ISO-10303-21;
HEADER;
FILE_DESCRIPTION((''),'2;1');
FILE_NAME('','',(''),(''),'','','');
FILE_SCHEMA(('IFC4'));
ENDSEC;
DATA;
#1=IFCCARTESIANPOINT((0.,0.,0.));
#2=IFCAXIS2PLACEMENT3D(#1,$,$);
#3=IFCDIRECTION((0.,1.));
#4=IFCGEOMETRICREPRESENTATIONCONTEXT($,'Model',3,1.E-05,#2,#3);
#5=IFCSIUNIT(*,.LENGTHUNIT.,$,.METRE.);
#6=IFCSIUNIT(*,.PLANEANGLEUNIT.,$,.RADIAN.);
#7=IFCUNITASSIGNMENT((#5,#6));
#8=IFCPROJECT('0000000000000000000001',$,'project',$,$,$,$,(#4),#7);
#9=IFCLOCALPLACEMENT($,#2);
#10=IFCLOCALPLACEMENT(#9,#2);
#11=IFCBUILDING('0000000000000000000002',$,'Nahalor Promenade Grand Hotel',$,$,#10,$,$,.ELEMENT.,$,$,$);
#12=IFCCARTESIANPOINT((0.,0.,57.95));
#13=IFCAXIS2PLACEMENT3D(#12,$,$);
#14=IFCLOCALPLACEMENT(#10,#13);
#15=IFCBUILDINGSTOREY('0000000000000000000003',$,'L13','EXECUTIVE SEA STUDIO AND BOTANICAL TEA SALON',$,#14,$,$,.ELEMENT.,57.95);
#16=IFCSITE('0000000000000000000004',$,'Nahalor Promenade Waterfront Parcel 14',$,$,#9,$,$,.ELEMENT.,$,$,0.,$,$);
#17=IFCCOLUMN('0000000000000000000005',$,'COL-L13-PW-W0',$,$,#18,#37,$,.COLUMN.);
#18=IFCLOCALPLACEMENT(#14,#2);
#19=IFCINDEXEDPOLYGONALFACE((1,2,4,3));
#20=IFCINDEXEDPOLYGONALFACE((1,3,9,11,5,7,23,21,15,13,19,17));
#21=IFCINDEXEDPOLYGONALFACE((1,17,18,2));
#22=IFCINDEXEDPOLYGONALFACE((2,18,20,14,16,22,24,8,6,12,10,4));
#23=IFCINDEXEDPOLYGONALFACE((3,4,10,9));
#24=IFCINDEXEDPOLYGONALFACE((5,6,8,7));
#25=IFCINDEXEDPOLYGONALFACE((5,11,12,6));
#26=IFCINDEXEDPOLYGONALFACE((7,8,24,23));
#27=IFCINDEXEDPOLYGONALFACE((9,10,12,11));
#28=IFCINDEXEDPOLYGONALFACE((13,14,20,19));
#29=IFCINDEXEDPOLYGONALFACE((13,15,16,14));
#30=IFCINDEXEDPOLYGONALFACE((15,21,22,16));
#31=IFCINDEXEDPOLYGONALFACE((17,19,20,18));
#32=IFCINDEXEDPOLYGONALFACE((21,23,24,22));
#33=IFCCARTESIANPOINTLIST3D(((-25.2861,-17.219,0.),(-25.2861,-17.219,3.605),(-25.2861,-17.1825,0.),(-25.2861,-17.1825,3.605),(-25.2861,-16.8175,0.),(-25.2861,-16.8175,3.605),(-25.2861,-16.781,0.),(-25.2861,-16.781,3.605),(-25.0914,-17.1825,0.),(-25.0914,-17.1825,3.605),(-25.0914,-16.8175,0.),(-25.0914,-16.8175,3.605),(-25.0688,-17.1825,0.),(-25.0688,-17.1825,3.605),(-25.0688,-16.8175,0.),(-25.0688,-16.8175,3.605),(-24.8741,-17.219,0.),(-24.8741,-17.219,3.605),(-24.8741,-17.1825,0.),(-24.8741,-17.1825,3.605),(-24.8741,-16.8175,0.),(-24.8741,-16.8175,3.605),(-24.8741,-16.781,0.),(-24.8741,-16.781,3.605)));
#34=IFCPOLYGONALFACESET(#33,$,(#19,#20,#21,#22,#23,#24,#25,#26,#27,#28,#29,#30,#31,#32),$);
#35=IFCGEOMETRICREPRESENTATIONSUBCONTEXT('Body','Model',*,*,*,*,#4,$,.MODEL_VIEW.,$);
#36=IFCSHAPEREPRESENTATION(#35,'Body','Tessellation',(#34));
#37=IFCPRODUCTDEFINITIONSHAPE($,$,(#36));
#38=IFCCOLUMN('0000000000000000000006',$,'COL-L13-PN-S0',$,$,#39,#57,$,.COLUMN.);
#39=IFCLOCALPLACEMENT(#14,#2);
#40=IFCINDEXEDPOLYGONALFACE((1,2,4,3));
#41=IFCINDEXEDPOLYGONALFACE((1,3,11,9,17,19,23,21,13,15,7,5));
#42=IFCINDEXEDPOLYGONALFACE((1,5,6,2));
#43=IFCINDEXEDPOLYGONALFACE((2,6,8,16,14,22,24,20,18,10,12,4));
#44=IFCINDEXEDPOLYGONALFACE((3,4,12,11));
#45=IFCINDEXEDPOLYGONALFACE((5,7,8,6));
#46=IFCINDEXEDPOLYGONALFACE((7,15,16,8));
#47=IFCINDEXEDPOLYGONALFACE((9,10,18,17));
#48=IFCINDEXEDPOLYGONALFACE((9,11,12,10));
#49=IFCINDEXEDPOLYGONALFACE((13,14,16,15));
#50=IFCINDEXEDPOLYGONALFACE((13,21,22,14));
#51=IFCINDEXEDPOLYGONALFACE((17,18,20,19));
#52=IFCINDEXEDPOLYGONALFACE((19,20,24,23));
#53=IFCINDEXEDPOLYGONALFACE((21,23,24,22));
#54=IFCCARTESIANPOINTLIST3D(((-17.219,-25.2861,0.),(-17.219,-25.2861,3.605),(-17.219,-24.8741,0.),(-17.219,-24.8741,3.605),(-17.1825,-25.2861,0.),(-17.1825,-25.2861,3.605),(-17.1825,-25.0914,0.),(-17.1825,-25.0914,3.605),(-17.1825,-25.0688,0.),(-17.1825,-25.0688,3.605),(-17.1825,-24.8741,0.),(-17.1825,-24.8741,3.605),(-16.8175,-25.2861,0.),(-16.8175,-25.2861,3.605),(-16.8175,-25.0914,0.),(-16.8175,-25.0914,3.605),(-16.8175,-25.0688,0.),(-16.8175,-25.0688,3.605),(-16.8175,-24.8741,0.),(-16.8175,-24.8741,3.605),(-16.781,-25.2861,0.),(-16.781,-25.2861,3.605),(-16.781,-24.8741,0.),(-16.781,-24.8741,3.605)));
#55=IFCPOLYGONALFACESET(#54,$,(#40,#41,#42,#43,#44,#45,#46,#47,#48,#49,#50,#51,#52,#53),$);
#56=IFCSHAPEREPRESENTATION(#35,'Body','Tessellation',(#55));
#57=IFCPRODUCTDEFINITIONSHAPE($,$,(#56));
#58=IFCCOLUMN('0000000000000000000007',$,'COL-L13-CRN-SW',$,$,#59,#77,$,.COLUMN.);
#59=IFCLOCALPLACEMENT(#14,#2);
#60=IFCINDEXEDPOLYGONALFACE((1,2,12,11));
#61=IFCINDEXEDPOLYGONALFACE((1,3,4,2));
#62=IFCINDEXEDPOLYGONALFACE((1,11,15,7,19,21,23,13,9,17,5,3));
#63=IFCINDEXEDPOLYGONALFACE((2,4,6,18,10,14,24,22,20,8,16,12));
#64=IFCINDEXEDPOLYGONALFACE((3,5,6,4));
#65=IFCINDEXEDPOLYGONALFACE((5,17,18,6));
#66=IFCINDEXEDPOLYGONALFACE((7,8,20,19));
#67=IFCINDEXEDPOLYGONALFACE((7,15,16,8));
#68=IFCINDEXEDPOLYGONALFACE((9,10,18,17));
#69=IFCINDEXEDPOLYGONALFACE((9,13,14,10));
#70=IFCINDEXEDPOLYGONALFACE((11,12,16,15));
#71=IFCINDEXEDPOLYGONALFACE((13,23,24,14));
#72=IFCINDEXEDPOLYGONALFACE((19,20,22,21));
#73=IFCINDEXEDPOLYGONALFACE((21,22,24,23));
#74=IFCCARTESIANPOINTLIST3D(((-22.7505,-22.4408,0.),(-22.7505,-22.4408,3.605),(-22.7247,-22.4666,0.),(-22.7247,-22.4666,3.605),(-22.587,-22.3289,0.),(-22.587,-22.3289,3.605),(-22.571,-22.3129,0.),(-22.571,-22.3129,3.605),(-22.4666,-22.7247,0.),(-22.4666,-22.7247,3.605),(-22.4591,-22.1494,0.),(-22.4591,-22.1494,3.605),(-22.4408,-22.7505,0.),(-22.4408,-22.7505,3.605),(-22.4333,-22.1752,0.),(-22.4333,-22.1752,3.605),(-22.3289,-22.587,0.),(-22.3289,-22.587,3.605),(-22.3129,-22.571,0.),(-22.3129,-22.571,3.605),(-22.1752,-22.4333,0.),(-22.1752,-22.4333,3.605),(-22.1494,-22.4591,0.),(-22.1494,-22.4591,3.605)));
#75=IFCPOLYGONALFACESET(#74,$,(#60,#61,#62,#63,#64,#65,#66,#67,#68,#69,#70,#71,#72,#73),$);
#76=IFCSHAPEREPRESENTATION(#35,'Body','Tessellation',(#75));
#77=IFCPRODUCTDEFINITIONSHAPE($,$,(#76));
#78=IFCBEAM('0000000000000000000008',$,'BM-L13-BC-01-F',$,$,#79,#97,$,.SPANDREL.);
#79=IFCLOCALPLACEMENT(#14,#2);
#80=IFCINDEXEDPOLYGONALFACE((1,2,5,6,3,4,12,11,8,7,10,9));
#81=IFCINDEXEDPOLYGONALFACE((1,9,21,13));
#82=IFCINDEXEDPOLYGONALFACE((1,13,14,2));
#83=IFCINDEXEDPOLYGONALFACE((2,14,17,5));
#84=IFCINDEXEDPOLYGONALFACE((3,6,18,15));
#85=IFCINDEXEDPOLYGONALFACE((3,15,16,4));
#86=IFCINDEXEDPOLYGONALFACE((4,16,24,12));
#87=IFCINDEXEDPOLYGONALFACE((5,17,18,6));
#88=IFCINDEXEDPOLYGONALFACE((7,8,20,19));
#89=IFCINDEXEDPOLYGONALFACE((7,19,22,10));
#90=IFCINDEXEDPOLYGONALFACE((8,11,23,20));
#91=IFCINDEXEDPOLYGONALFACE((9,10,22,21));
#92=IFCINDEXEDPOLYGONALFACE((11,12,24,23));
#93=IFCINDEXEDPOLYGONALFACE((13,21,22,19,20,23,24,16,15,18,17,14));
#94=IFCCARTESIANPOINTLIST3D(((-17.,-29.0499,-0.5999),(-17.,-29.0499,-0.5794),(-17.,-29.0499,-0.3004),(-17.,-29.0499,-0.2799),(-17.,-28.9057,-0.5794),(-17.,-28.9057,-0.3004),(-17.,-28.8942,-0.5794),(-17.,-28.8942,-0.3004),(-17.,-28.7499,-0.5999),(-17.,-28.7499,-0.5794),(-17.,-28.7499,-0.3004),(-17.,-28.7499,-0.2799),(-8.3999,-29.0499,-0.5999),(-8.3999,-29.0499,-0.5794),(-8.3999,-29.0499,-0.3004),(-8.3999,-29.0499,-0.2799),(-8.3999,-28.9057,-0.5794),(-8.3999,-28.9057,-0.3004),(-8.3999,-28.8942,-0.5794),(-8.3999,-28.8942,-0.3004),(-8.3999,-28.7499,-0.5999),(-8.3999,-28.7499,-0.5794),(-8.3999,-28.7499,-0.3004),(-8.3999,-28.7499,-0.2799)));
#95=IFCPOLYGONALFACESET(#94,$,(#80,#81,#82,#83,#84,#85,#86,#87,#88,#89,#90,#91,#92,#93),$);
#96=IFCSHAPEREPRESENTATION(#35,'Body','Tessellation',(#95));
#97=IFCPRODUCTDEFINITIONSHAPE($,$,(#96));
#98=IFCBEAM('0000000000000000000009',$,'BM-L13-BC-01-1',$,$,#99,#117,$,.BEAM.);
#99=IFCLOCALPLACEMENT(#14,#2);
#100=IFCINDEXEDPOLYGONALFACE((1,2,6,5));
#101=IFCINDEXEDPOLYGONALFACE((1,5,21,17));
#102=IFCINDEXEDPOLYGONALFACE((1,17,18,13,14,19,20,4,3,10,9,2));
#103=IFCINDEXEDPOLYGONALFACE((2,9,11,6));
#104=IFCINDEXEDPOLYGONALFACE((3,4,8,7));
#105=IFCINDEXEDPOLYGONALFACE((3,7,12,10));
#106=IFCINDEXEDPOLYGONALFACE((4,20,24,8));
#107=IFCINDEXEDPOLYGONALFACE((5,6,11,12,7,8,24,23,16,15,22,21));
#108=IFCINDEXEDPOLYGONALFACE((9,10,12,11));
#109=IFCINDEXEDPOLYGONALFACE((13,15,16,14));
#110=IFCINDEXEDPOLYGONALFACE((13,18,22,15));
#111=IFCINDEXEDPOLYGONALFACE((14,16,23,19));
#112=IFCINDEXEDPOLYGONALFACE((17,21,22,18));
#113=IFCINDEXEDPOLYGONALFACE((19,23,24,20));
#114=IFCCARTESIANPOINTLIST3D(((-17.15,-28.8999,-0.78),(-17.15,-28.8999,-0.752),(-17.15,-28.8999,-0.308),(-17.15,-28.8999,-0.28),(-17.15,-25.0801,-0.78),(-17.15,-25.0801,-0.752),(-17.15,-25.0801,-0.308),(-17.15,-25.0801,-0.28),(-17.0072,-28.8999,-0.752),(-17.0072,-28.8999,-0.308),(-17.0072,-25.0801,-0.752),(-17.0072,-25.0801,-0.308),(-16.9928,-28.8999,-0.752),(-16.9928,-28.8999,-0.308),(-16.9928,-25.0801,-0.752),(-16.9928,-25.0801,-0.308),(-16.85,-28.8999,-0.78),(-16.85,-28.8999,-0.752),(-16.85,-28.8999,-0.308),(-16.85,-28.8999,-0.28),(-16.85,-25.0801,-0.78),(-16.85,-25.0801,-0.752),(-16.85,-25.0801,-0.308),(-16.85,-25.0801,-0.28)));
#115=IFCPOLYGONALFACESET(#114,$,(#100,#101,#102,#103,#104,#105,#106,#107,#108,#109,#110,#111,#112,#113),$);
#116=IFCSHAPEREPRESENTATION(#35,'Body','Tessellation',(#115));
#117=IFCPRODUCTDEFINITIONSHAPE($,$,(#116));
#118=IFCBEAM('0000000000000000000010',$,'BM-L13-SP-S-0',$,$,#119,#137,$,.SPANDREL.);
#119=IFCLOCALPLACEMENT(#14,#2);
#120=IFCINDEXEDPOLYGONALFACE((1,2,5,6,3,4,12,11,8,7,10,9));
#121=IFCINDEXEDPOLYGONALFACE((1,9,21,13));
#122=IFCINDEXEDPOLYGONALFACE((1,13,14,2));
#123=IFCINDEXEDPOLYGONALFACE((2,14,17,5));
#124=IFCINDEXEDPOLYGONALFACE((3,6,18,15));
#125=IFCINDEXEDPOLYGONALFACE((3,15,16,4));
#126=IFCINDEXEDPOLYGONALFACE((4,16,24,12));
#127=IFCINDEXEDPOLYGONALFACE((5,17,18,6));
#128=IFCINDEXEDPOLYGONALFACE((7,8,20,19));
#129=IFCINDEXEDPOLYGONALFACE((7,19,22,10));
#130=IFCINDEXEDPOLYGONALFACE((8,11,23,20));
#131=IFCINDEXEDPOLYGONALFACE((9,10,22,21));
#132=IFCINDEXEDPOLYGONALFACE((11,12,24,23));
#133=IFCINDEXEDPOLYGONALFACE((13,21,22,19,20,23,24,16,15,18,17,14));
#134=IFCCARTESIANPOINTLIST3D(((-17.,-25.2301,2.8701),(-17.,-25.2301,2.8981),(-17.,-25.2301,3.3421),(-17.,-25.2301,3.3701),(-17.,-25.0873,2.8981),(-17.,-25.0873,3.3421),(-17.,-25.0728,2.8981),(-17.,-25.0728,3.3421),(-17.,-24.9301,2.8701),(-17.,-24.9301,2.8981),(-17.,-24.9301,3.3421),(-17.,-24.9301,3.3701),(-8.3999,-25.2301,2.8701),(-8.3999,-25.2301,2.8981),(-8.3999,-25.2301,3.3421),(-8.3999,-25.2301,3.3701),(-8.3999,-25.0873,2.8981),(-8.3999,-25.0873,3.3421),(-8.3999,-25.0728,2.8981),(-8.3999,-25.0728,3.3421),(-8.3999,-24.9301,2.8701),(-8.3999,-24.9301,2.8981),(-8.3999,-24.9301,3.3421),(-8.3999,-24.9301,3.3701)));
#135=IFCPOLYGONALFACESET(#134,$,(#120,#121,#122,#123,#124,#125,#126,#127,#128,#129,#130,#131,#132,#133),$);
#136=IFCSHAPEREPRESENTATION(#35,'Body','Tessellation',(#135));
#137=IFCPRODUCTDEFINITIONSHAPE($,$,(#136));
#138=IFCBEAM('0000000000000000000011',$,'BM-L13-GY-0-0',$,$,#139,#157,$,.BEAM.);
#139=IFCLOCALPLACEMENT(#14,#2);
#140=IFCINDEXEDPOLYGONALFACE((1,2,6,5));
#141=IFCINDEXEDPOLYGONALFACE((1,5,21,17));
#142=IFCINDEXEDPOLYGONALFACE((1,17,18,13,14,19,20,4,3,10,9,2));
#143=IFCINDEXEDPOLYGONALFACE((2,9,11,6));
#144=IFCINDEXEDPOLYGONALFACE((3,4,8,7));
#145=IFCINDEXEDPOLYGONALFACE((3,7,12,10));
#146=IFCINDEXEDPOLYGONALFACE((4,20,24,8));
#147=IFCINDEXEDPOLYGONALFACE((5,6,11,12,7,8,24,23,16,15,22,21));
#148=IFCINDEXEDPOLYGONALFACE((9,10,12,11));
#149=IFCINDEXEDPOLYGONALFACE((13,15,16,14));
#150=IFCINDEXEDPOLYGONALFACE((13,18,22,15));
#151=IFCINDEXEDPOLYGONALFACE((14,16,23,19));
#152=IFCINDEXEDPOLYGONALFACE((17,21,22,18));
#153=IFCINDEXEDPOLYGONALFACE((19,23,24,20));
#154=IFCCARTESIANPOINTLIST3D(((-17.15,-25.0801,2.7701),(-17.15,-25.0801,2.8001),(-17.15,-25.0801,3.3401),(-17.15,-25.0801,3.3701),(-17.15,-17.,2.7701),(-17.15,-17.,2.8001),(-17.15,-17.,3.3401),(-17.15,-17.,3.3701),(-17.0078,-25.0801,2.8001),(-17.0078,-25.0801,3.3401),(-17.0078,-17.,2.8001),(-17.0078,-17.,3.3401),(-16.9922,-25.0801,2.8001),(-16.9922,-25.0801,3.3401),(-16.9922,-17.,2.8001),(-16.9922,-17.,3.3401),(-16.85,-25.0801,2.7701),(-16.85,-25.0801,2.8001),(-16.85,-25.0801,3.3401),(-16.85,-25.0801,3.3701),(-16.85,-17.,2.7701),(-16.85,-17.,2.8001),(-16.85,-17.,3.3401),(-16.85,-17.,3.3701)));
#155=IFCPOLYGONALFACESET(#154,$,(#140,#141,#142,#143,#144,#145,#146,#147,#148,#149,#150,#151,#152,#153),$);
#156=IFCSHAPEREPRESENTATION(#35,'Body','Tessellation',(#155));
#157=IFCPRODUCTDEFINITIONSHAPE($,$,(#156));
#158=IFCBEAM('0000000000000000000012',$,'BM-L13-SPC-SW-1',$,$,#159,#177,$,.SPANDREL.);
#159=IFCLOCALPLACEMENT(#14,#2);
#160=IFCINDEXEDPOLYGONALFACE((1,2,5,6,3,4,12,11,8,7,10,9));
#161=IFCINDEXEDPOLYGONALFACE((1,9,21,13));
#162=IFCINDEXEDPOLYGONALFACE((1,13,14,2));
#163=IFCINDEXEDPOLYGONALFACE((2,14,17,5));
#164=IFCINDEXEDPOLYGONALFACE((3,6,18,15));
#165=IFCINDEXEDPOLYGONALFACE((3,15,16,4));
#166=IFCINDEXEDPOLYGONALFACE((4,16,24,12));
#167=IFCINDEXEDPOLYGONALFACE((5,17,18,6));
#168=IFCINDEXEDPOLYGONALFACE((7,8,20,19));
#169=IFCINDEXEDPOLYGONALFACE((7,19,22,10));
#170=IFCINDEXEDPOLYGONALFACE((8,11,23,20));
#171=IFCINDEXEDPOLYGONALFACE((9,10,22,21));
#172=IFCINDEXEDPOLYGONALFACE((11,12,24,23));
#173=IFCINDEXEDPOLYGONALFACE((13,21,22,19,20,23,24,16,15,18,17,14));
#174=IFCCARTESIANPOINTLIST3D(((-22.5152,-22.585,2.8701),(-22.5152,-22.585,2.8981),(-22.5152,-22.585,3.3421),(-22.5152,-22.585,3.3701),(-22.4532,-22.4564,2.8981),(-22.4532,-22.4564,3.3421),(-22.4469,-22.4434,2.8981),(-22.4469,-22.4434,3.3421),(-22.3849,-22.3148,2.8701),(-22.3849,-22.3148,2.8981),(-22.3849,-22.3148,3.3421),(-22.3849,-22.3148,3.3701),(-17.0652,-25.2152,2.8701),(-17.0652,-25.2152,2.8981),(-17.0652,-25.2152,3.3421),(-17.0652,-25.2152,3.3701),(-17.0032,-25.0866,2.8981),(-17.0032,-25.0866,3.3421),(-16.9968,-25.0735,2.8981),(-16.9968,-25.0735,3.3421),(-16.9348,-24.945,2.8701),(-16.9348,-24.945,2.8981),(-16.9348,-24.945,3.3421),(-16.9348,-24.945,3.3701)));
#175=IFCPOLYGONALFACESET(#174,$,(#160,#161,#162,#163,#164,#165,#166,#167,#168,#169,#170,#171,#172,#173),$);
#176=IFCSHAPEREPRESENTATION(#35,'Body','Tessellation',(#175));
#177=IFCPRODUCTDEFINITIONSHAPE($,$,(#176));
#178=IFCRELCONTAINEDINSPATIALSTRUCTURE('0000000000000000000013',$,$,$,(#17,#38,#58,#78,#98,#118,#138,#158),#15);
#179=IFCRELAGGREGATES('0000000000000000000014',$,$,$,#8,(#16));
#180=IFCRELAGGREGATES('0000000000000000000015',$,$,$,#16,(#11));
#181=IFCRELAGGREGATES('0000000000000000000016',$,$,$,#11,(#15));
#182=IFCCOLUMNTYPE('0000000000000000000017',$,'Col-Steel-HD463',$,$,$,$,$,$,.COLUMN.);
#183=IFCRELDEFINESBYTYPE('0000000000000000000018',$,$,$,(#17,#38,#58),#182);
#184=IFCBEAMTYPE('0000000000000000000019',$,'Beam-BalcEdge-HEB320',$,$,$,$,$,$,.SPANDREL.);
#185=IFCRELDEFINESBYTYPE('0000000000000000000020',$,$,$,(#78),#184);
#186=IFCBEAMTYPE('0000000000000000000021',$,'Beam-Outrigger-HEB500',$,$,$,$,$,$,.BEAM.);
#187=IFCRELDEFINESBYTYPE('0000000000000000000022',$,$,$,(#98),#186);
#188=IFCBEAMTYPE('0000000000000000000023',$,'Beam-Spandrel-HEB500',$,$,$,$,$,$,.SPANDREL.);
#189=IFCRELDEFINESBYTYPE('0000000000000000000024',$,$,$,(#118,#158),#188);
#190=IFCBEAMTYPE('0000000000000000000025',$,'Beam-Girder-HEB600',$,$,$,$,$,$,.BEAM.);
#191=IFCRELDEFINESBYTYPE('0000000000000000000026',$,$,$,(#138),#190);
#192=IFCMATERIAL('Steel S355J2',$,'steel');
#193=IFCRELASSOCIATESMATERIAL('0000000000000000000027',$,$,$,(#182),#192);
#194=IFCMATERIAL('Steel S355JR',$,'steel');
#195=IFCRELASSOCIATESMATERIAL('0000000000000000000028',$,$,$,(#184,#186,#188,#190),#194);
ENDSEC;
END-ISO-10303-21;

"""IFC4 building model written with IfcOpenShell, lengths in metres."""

from ifc_helpers import new_model, si_unit, direction, frame, origin, origin_2d, place, context, subcontext, project, spatial, i_section, extrude, source, transform, mapped, material, material_profile, profile_set, type_object, element, save


model = new_model("IFC4")

# Units and contexts
model_context = context("Model", 3, precision=1e-05, world=origin(), true_north=direction((0.0, 1.0)))
body_context = subcontext(model_context, "Body", "Model", "MODEL_VIEW")
ifc_project = project(units=[si_unit("LENGTHUNIT", "METRE"), si_unit("PLANEANGLEUNIT", "RADIAN")], contexts=[model_context])

# Site, building, storey
site_placement = place(None, origin())
site = spatial("IfcSite", under=ifc_project, at=site_placement, Name="Nahalor Promenade Waterfront Parcel 14", CompositionType="ELEMENT", RefElevation=0.0)
building_placement = place(site_placement, origin())
building = spatial("IfcBuilding", under=site, at=building_placement, Name="Nahalor Promenade Grand Hotel", CompositionType="ELEMENT")
storey_placement = place(building_placement, frame((0.0, 0.0, 57.95)))
storey = spatial("IfcBuildingStorey", under=building, at=storey_placement, Name="L13", Description="EXECUTIVE SEA STUDIO AND BOTANICAL TEA SALON", CompositionType="ELEMENT", Elevation=57.95)

# Columns
ifc_material_1 = material(Name="Steel S355J2", Category="steel")
ifc_material_profile_1 = material_profile(ifc_material_1, i_section(OverallWidth=0.412, OverallDepth=0.438, WebThickness=0.0226, FlangeThickness=0.0365, at=origin_2d()), Name="HD 400x463")
ifc_profile_set_1 = profile_set([ifc_material_profile_1], Name="Steel S355J2")
column_type = type_object("IfcColumnType", Name="Col-Steel-HD463", PredefinedType="COLUMN", material=ifc_profile_set_1)
shared_shape_1 = source(origin(), body_context, "Body", "SweptSolid", [
    extrude(i_section(OverallWidth=0.412, OverallDepth=0.438, WebThickness=0.0226, FlangeThickness=0.0365, at=origin_2d()), origin(), (0.0, 0.0, 1.0), 3.605),
])
for number, where, z_axis, x_axis, name in (
    (1, (-25.0801, -17.0, 0.0), (0.0, 0.0, 1.0), (1.0, 0.0, 0.0), "COL-L13-PW-W0"),
    (2, (-17.0, -25.0801, 0.0), (0.0, 0.0, 1.0), (0.0, 1.0, 0.0), "COL-L13-PN-S0"),
    (3, (-22.45, -22.45, 0.0), (0.0, 0.0, 1.0), (0.707107, 0.707107, 0.0), "COL-L13-CRN-SW"),
):
    element("IfcColumn", number, at=place(storey_placement, frame(where, z_axis=z_axis, x_axis=x_axis)), inside=storey, type_object=column_type, Name=name, PredefinedType="COLUMN", context=body_context, shape_type="MappedRepresentation", body=[
        mapped(shared_shape_1, transform((0.0, 0.0, 0.0), scale=1.0)),
    ])

# Beams
ifc_material_2 = material(Name="Steel S355JR", Category="steel")
ifc_material_profile_2 = material_profile(ifc_material_2, i_section(OverallWidth=0.3, OverallDepth=0.32, WebThickness=0.0115, FlangeThickness=0.0205, at=origin_2d()), Name="HEB 320")
ifc_profile_set_2 = profile_set([ifc_material_profile_2], Name="Steel S355JR")
beam_type_1 = type_object("IfcBeamType", Name="Beam-BalcEdge-HEB320", PredefinedType="SPANDREL", material=ifc_profile_set_2)
shared_shape_2 = source(origin(), body_context, "Body", "SweptSolid", [
    extrude(i_section(OverallWidth=0.3, OverallDepth=0.32, WebThickness=0.0115, FlangeThickness=0.0205, at=origin_2d()), origin(), (0.0, 0.0, 1.0), 8.6001),
])
beam_1_placement = place(storey_placement, frame((-17.0, -28.8999, -0.4399), z_axis=(1.0, 0.0, 0.0), x_axis=(0.0, 1.0, 0.0)))
element("IfcBeam", 4, at=beam_1_placement, inside=storey, type_object=beam_type_1, Name="BM-L13-BC-01-F", PredefinedType="SPANDREL", context=body_context, shape_type="MappedRepresentation", body=[
    mapped(shared_shape_2, transform((0.0, 0.0, 0.0), scale=1.0)),
])
ifc_material_profile_3 = material_profile(ifc_material_2, i_section(OverallWidth=0.3, OverallDepth=0.5, WebThickness=0.0145, FlangeThickness=0.028, at=origin_2d()), Name="HEB 500")
ifc_profile_set_3 = profile_set([ifc_material_profile_3], Name="Steel S355JR")
beam_type_2 = type_object("IfcBeamType", Name="Beam-Outrigger-HEB500", PredefinedType="BEAM", material=ifc_profile_set_3)
shared_shape_3 = source(origin(), body_context, "Body", "SweptSolid", [
    extrude(i_section(OverallWidth=0.3, OverallDepth=0.5, WebThickness=0.0145, FlangeThickness=0.028, at=origin_2d()), origin(), (0.0, 0.0, 1.0), 3.8198),
])
beam_2_placement = place(storey_placement, frame((-17.0, -28.8999, -0.53), z_axis=(0.0, 1.0, 0.0), x_axis=(-1.0, 0.0, 0.0)))
element("IfcBeam", 5, at=beam_2_placement, inside=storey, type_object=beam_type_2, Name="BM-L13-BC-01-1", PredefinedType="BEAM", context=body_context, shape_type="MappedRepresentation", body=[
    mapped(shared_shape_3, transform((0.0, 0.0, 0.0), scale=1.0)),
])
ifc_material_profile_4 = material_profile(ifc_material_2, i_section(OverallWidth=0.3, OverallDepth=0.5, WebThickness=0.0145, FlangeThickness=0.028, at=origin_2d()), Name="HEB 500")
ifc_profile_set_4 = profile_set([ifc_material_profile_4], Name="Steel S355JR")
beam_type_3 = type_object("IfcBeamType", Name="Beam-Spandrel-HEB500", PredefinedType="SPANDREL", material=ifc_profile_set_4)
shared_shape_4 = source(origin(), body_context, "Body", "SweptSolid", [
    extrude(i_section(OverallWidth=0.3, OverallDepth=0.5, WebThickness=0.0145, FlangeThickness=0.028, at=origin_2d()), origin(), (0.0, 0.0, 1.0), 8.6001),
])
beam_3_placement = place(storey_placement, frame((-17.0, -25.0801, 3.1201), z_axis=(1.0, 0.0, 0.0), x_axis=(0.0, 1.0, 0.0)))
element("IfcBeam", 6, at=beam_3_placement, inside=storey, type_object=beam_type_3, Name="BM-L13-SP-S-0", PredefinedType="SPANDREL", context=body_context, shape_type="MappedRepresentation", body=[
    mapped(shared_shape_4, transform((0.0, 0.0, 0.0), scale=1.0)),
])
ifc_material_profile_5 = material_profile(ifc_material_2, i_section(OverallWidth=0.3, OverallDepth=0.6, WebThickness=0.0155, FlangeThickness=0.03, at=origin_2d()), Name="HEB 600")
ifc_profile_set_5 = profile_set([ifc_material_profile_5], Name="Steel S355JR")
beam_type_4 = type_object("IfcBeamType", Name="Beam-Girder-HEB600", PredefinedType="BEAM", material=ifc_profile_set_5)
shared_shape_5 = source(origin(), body_context, "Body", "SweptSolid", [
    extrude(i_section(OverallWidth=0.3, OverallDepth=0.6, WebThickness=0.0155, FlangeThickness=0.03, at=origin_2d()), origin(), (0.0, 0.0, 1.0), 8.0801),
])
beam_4_placement = place(storey_placement, frame((-17.0, -25.0801, 3.0701), z_axis=(0.0, 1.0, 0.0), x_axis=(-1.0, 0.0, 0.0)))
element("IfcBeam", 7, at=beam_4_placement, inside=storey, type_object=beam_type_4, Name="BM-L13-GY-0-0", PredefinedType="BEAM", context=body_context, shape_type="MappedRepresentation", body=[
    mapped(shared_shape_5, transform((0.0, 0.0, 0.0), scale=1.0)),
])
shared_shape_6 = source(origin(), body_context, "Body", "SweptSolid", [
    extrude(i_section(OverallWidth=0.3, OverallDepth=0.5, WebThickness=0.0145, FlangeThickness=0.028, at=origin_2d()), origin(), (0.0, 0.0, 1.0), 6.0515),
])
for number, where, z_axis, x_axis, name in (
    (8, (-17.0, -25.0801, 3.1201), (-0.900609, 0.434631, 0.0), (-0.434631, -0.900609, 0.0), "BM-L13-SPC-SW-1"),
):
    element("IfcBeam", number, at=place(storey_placement, frame(where, z_axis=z_axis, x_axis=x_axis)), inside=storey, type_object=beam_type_3, Name=name, PredefinedType="SPANDREL", context=body_context, shape_type="MappedRepresentation", body=[
        mapped(shared_shape_6, transform((0.0, 0.0, 0.0), scale=1.0)),
    ])

save(model, "model.ifc")
